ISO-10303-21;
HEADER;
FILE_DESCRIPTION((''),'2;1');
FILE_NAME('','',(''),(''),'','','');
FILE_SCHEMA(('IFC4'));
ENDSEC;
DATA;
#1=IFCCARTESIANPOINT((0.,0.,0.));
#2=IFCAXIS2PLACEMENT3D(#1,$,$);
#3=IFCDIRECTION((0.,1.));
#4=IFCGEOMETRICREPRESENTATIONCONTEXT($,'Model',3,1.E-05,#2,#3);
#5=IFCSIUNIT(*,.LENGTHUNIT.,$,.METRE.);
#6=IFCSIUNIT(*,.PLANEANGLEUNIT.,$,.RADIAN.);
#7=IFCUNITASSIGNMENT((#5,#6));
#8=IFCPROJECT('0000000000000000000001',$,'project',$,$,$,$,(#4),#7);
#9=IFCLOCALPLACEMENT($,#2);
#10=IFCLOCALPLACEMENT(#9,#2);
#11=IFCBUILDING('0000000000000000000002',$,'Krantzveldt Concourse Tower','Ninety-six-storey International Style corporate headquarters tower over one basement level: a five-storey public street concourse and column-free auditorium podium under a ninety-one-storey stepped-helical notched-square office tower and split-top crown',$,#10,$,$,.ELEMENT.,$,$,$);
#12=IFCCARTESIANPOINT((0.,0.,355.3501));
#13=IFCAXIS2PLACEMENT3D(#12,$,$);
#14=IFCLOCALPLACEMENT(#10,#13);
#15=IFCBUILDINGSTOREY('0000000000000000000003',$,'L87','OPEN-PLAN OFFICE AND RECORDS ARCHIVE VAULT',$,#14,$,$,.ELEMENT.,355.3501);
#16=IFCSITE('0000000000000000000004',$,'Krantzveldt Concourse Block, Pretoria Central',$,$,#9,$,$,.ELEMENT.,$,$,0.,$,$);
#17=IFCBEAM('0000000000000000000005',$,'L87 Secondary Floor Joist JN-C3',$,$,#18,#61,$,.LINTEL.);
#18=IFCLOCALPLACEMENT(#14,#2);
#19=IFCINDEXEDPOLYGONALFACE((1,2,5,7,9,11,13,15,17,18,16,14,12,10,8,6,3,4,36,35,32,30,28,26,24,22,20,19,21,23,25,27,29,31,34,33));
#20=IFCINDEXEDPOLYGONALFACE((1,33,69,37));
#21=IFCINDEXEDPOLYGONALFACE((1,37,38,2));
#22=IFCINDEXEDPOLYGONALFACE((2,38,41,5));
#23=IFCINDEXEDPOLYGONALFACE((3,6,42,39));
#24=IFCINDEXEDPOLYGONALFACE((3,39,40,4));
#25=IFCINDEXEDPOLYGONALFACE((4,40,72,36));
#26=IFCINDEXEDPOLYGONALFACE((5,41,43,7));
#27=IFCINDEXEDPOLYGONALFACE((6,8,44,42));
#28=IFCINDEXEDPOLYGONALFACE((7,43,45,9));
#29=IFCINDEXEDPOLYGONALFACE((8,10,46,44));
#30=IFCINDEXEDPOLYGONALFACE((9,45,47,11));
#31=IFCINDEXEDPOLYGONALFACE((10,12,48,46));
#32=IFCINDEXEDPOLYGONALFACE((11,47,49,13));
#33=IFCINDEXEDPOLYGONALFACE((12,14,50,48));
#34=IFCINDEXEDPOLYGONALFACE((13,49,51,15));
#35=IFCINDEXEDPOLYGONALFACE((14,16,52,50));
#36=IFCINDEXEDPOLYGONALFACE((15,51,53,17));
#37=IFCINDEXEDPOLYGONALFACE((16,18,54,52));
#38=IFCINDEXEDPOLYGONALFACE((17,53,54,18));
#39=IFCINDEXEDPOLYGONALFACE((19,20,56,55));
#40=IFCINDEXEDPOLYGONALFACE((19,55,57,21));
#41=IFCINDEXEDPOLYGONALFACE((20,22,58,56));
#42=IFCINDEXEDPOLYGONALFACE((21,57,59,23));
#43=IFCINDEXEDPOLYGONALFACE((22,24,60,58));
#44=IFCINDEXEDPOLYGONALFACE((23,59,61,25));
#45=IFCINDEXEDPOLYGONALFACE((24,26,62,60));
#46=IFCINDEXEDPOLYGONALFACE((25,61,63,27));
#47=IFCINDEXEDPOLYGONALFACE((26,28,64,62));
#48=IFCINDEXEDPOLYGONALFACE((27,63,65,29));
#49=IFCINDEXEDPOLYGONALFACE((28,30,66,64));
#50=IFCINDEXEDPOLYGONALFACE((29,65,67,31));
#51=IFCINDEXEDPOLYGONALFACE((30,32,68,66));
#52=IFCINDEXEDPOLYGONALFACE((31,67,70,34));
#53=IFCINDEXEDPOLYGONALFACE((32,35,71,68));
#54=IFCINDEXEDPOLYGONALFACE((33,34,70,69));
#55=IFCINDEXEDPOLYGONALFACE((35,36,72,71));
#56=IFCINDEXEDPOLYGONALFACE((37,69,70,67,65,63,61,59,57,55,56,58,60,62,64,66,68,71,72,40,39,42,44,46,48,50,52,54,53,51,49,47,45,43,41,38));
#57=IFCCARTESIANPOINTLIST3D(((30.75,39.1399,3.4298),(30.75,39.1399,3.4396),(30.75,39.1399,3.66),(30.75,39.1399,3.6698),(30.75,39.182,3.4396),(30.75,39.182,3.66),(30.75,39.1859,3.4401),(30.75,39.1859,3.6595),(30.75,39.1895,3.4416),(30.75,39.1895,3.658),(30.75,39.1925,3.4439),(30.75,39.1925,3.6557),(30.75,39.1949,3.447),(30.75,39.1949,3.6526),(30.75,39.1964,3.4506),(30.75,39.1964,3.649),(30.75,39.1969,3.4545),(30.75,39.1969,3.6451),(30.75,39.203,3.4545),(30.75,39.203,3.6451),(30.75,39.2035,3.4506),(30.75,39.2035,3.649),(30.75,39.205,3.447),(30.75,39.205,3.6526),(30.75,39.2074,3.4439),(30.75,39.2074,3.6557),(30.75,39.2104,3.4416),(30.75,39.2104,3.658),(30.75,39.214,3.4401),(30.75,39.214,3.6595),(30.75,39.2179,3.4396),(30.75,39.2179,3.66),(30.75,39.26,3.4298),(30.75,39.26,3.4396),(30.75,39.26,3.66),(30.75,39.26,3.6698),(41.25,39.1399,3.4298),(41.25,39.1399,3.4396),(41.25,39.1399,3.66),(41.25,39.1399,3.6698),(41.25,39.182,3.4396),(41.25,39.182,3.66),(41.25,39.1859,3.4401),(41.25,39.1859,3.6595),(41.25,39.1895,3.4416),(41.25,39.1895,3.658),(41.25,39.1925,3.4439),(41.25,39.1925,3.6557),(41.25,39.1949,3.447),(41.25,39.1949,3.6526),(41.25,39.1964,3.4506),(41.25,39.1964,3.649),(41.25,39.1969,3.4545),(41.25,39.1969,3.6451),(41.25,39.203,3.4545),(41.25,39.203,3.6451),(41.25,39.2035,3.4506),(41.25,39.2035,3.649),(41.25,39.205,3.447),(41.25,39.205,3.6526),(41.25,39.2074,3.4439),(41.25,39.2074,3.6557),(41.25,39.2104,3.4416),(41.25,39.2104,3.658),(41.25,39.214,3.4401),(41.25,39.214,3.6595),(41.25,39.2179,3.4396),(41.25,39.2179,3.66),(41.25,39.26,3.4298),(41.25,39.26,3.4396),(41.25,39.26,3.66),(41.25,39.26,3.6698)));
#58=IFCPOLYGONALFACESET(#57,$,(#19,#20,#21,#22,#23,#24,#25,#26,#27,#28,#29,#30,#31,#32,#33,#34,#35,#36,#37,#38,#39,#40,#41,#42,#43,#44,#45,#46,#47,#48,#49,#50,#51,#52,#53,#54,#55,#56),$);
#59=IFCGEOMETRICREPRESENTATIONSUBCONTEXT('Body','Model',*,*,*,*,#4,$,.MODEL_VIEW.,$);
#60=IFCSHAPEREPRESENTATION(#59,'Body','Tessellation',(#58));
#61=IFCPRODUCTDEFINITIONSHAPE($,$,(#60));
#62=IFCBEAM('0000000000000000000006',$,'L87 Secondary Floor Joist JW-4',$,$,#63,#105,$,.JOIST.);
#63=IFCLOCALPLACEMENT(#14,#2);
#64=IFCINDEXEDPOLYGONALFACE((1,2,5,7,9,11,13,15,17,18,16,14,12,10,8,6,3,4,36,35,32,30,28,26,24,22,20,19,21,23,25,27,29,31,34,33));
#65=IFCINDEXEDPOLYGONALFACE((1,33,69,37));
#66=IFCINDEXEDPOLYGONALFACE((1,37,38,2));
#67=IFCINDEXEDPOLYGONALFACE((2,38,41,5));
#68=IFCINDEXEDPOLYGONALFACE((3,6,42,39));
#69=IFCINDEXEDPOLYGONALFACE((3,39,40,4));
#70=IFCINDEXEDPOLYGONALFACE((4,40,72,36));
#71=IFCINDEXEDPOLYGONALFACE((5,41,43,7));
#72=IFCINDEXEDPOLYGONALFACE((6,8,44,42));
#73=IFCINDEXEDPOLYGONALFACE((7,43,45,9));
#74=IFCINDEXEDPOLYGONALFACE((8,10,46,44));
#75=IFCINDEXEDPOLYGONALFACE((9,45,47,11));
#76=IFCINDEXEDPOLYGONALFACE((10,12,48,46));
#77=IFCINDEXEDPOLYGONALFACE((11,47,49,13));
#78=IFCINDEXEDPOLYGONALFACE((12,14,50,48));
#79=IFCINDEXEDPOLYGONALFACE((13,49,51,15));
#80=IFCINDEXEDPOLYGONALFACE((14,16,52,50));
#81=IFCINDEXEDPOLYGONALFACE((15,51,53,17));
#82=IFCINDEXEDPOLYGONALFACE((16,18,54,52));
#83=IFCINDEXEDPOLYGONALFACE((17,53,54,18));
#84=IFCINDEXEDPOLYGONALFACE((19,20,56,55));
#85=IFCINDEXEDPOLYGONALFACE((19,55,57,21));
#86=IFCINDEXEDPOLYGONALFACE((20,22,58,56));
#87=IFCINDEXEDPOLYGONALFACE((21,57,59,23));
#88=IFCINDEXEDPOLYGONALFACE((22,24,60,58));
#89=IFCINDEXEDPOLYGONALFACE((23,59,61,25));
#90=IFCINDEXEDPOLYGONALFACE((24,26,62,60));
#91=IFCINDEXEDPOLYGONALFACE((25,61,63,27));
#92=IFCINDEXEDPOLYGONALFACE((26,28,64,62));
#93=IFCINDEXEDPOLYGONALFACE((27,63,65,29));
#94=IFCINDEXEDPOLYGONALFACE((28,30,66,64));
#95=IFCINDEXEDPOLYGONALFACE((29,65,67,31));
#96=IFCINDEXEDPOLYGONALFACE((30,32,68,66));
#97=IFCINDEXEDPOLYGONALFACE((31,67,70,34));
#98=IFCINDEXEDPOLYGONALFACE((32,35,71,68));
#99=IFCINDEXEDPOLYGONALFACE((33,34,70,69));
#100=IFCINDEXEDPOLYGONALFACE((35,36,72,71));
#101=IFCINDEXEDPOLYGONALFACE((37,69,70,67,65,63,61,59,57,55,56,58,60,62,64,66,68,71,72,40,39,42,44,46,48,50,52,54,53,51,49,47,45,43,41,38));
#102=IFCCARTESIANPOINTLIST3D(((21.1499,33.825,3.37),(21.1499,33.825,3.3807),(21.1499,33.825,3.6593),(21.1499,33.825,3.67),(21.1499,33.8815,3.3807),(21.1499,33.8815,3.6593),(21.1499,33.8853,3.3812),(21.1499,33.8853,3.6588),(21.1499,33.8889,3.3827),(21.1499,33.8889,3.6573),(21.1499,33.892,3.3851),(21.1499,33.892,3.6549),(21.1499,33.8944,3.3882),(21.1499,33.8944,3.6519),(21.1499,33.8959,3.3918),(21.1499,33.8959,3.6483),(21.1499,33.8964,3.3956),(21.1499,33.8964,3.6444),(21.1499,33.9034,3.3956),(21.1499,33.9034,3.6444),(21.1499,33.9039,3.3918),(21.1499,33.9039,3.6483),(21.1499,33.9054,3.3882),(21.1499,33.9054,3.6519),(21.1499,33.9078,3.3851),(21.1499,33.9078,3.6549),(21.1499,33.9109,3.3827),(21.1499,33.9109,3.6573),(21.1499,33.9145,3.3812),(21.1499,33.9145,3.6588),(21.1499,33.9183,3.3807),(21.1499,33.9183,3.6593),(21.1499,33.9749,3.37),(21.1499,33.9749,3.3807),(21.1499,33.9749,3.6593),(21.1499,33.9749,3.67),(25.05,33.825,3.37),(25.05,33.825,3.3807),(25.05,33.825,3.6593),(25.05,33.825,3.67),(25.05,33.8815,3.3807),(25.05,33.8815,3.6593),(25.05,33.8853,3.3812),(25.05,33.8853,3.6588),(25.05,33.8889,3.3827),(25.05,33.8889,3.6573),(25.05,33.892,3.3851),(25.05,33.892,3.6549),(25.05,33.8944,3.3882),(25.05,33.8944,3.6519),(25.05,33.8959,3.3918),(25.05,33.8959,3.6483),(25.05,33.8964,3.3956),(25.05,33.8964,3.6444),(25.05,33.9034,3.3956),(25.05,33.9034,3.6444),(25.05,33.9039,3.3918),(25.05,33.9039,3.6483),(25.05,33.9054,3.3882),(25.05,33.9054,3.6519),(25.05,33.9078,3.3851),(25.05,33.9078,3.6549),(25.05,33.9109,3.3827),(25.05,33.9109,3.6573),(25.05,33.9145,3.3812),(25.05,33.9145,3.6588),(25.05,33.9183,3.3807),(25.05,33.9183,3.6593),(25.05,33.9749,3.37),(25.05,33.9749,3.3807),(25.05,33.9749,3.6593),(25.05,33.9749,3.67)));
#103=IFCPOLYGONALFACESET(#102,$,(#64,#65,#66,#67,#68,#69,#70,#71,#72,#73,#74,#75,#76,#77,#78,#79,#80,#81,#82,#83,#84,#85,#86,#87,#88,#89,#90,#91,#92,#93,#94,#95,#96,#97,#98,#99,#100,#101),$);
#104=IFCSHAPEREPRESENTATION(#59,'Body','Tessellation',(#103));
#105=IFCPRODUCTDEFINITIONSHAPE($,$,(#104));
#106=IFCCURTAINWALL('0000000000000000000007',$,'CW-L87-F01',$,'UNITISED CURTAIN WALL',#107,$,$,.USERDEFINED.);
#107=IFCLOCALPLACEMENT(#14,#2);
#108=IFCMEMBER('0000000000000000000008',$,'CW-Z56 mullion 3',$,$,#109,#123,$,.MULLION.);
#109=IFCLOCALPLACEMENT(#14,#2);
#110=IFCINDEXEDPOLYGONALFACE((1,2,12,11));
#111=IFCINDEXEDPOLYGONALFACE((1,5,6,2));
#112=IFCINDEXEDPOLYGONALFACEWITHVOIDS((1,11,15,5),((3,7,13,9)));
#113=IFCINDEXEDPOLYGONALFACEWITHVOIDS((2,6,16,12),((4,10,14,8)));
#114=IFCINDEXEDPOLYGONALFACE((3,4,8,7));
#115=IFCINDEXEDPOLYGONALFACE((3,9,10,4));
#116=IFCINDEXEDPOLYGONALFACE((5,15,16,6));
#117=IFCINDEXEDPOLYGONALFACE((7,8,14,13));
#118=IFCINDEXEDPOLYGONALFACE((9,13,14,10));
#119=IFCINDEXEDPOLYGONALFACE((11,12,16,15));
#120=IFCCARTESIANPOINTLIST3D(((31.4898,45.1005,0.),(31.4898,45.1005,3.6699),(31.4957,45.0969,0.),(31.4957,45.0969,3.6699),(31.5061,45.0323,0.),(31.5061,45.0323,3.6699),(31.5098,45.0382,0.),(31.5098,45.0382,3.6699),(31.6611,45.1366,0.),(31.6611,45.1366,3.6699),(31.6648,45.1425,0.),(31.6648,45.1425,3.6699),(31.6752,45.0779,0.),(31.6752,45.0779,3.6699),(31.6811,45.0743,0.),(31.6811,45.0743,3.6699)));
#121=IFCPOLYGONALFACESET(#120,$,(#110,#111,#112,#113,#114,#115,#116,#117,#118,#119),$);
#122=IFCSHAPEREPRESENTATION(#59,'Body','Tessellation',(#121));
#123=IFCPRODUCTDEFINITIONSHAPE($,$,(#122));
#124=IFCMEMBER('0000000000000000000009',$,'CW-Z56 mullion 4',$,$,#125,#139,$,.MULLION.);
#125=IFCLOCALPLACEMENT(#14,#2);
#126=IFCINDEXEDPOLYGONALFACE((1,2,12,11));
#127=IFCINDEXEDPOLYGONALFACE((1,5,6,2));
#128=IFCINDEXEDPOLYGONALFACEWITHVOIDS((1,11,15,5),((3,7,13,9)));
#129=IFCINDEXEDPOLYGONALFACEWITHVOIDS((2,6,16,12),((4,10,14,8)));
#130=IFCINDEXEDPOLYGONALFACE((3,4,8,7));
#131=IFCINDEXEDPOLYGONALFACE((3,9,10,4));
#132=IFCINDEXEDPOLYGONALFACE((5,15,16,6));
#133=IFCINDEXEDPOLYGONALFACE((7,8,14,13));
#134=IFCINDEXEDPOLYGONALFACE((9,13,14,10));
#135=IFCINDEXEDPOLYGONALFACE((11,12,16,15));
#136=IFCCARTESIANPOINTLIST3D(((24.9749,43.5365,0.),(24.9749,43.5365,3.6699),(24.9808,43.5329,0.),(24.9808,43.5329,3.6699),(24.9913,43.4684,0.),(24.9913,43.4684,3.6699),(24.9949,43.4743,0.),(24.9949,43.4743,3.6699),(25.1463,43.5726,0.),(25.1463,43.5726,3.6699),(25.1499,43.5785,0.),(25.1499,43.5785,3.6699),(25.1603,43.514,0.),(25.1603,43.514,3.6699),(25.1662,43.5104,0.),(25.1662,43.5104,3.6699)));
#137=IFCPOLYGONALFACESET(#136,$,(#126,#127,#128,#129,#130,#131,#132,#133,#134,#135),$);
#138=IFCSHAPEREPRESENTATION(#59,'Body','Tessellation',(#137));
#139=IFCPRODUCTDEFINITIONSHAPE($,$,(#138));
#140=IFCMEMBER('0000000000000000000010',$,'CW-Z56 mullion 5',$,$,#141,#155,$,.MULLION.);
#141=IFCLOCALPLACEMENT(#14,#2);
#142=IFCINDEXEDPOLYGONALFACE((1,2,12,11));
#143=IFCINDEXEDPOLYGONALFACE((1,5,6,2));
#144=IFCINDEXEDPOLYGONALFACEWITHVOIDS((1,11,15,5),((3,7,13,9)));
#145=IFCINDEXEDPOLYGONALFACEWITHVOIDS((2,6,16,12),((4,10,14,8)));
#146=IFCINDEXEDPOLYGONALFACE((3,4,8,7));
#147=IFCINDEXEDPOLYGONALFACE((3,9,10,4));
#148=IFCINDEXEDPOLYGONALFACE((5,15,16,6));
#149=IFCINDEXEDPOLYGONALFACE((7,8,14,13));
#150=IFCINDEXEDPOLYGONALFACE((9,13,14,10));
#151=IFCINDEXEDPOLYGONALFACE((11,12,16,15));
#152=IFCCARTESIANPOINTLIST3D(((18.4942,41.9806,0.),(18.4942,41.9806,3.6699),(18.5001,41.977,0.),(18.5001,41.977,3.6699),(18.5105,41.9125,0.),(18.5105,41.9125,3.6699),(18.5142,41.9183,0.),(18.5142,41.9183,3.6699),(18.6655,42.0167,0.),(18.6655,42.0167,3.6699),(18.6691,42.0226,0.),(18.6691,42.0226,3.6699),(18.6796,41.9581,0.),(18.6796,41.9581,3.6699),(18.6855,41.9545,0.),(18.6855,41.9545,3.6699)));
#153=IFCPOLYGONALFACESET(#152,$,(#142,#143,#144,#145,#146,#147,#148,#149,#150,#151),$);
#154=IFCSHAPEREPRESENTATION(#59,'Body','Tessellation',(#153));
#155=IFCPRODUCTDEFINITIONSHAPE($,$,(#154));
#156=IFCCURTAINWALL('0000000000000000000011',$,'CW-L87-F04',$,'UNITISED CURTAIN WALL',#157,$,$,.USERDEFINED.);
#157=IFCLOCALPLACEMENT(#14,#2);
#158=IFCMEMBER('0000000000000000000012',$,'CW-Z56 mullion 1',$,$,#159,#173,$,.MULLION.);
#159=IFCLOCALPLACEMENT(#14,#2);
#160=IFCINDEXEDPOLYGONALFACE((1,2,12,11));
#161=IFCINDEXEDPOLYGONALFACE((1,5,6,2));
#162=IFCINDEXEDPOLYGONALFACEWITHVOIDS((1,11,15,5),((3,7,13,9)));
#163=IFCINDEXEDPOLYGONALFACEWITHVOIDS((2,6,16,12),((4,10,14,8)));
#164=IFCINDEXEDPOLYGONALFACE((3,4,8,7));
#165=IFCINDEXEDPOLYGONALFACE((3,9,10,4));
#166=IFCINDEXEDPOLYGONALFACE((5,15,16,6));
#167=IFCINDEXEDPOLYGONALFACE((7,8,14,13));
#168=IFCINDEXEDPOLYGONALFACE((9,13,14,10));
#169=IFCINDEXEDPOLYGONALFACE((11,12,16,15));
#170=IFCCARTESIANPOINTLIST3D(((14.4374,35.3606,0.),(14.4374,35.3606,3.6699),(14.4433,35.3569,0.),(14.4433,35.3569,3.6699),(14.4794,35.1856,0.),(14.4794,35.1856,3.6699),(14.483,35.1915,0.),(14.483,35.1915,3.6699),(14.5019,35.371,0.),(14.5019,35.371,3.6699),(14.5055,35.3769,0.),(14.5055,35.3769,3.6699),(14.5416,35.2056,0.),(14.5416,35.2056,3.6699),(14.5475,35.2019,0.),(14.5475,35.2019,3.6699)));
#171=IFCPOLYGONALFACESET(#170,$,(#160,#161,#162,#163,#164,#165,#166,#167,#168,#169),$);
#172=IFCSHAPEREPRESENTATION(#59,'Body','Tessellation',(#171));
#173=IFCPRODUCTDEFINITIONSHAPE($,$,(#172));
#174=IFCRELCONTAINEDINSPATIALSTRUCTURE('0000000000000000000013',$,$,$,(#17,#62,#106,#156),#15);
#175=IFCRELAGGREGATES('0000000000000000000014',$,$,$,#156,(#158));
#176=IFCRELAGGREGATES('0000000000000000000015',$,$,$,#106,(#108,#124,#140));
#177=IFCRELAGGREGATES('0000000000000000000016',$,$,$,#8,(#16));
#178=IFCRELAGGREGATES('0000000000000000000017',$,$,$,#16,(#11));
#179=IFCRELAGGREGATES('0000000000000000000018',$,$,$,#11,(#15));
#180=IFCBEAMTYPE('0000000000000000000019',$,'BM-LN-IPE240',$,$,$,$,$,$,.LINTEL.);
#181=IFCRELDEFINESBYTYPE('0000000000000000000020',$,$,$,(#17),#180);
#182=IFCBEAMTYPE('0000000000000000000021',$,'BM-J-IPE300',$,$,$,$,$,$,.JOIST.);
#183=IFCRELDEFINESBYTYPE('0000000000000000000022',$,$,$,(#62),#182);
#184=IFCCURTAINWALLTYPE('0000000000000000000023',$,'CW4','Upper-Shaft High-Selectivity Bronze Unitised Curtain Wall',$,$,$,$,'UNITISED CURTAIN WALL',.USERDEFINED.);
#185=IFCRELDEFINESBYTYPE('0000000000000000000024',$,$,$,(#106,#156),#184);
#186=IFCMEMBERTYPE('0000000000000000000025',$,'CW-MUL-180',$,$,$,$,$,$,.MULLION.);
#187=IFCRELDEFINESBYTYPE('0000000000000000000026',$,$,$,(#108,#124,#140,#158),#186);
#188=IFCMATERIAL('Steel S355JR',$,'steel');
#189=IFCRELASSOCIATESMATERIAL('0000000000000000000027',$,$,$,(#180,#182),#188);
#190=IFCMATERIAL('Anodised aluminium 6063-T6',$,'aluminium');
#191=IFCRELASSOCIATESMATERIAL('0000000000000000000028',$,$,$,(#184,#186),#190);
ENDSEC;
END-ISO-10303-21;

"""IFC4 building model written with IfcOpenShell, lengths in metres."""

from ifc_helpers import new_model, si_unit, direction, frame, origin, origin_2d, place, context, subcontext, project, spatial, hollow_rectangle, i_section, extrude, source, transform, mapped, material, material_profile, profile_set, type_object, type_shapes, element, aggregate, save


model = new_model("IFC4")

# Units and contexts
model_context = context("Model", 3, precision=1e-05, world=origin(), true_north=direction((0.0, 1.0)))
body_context = subcontext(model_context, "Body", "Model", "MODEL_VIEW")
ifc_project = project(units=[si_unit("LENGTHUNIT", "METRE"), si_unit("PLANEANGLEUNIT", "RADIAN")], contexts=[model_context])

# Site, building, storey
site_placement = place(None, origin())
site = spatial("IfcSite", under=ifc_project, at=site_placement, Name="Krantzveldt Concourse Block, Pretoria Central", CompositionType="ELEMENT", RefElevation=0.0)
building_placement = place(site_placement, origin())
building = spatial("IfcBuilding", under=site, at=building_placement, Name="Krantzveldt Concourse Tower", Description="Ninety-six-storey International Style corporate headquarters tower over one basement level: a five-storey public street concourse and column-free auditorium podium under a ninety-one-storey stepped-helical notched-square office tower and split-top crown", CompositionType="ELEMENT")
storey_placement = place(building_placement, frame((0.0, 0.0, 355.3501)))
storey = spatial("IfcBuildingStorey", under=building, at=storey_placement, Name="L87", Description="OPEN-PLAN OFFICE AND RECORDS ARCHIVE VAULT", CompositionType="ELEMENT", Elevation=355.3501)

# Beams
ifc_material_1 = material(Name="Steel S355JR", Category="steel")
ifc_material_profile_1 = material_profile(ifc_material_1, i_section(OverallWidth=0.1201, OverallDepth=0.24, WebThickness=0.0061, FlangeThickness=0.0098, FilletRadius=0.0149, at=origin_2d()), Name="Steel S355JR", Category="steel")
ifc_profile_set_1 = profile_set([ifc_material_profile_1], Name="Steel S355JR - IPE 240")
beam_type_1 = type_object("IfcBeamType", Name="BM-LN-IPE240", PredefinedType="LINTEL", material=ifc_profile_set_1)
shared_shape_1 = source(origin(), body_context, "Body", "SweptSolid", [
    extrude(i_section(OverallWidth=0.1201, OverallDepth=0.24, WebThickness=0.0061, FlangeThickness=0.0098, FilletRadius=0.0149, at=origin_2d()), origin(), (0.0, 0.0, 1.0), 10.5),
])
type_shapes(beam_type_1, [shared_shape_1])
beam_1_placement = place(storey_placement, frame((30.75, 39.2, 3.5498), z_axis=(1.0, 0.0, 0.0), x_axis=(0.0, 1.0, 0.0)))
element("IfcBeam", 1, at=beam_1_placement, inside=storey, type_object=beam_type_1, Name="L87 Secondary Floor Joist JN-C3", PredefinedType="LINTEL", context=body_context, shape_type="MappedRepresentation", body=[
    mapped(shared_shape_1, transform((0.0, 0.0, 0.0), x_axis=(1.0, 0.0, 0.0), y_axis=(0.0, 1.0, 0.0), z_axis=(0.0, 0.0, 1.0), scale=1.0)),
])
ifc_material_profile_2 = material_profile(ifc_material_1, i_section(OverallWidth=0.1499, OverallDepth=0.3, WebThickness=0.0071, FlangeThickness=0.0107, FilletRadius=0.0149, at=origin_2d()), Name="Steel S355JR", Category="steel")
ifc_profile_set_2 = profile_set([ifc_material_profile_2], Name="Steel S355JR - IPE 300")
beam_type_2 = type_object("IfcBeamType", Name="BM-J-IPE300", PredefinedType="JOIST", material=ifc_profile_set_2)
shared_shape_2 = source(origin(), body_context, "Body", "SweptSolid", [
    extrude(i_section(OverallWidth=0.1499, OverallDepth=0.3, WebThickness=0.0071, FlangeThickness=0.0107, FilletRadius=0.0149, at=origin_2d()), origin(), (0.0, 0.0, 1.0), 3.9001),
])
type_shapes(beam_type_2, [shared_shape_2])
beam_2_placement = place(storey_placement, frame((21.1499, 33.8999, 3.52), z_axis=(1.0, 0.0, 0.0), x_axis=(0.0, 1.0, 0.0)))
element("IfcBeam", 2, at=beam_2_placement, inside=storey, type_object=beam_type_2, Name="L87 Secondary Floor Joist JW-4", PredefinedType="JOIST", context=body_context, shape_type="MappedRepresentation", body=[
    mapped(shared_shape_2, transform((0.0, 0.0, 0.0), x_axis=(1.0, 0.0, 0.0), y_axis=(0.0, 1.0, 0.0), z_axis=(0.0, 0.0, 1.0), scale=1.0)),
])

# Curtain walls, members
ifc_material_2 = material(Name="Anodised aluminium 6063-T6", Category="aluminium")
curtain_wall_type = type_object("IfcCurtainWallType", Name="CW4", Description="Upper-Shaft High-Selectivity Bronze Unitised Curtain Wall", ElementType="UNITISED CURTAIN WALL", PredefinedType="USERDEFINED", material=ifc_material_2)
curtain_wall_1_placement = place(storey_placement, origin())
curtain_wall_1 = element("IfcCurtainWall", 3, at=curtain_wall_1_placement, inside=storey, type_object=curtain_wall_type, Name="CW-L87-F01", ObjectType="UNITISED CURTAIN WALL", PredefinedType="USERDEFINED")
ifc_material_profile_3 = material_profile(ifc_material_2, hollow_rectangle(XDim=0.0701, YDim=0.1799, WallThickness=0.0049, at=origin_2d()), Name="Anodised aluminium 6063-T6", Category="aluminium")
ifc_profile_set_3 = profile_set([ifc_material_profile_3], Name="Anodised aluminium 6063-T6 - ALU-MULL 180x70x5")
member_type_1 = type_object("IfcMemberType", Name="CW-MUL-180", PredefinedType="MULLION", material=ifc_profile_set_3)
shared_shape_3 = source(origin(), body_context, "Body", "SweptSolid", [
    extrude(hollow_rectangle(XDim=0.0701, YDim=0.1799, WallThickness=0.0049, at=origin_2d()), origin(), (0.0, 0.0, 1.0), 3.6699),
])
type_shapes(member_type_1, [shared_shape_3])
member_1_placement = place(storey_placement, frame((31.5854, 45.0874, 0.0), z_axis=(0.0, 0.0, 1.0), x_axis=(0.233445, -0.97237, 0.0)))
member_1 = element("IfcMember", 4, at=member_1_placement, type_object=member_type_1, Name="CW-Z56 mullion 3", PredefinedType="MULLION", context=body_context, shape_type="MappedRepresentation", body=[
    mapped(shared_shape_3, transform((0.0, 0.0, 0.0), x_axis=(1.0, 0.0, 0.0), y_axis=(0.0, 1.0, 0.0), z_axis=(0.0, 0.0, 1.0), scale=1.0)),
])
member_2_placement = place(storey_placement, frame((25.0706, 43.5234, 0.0), z_axis=(0.0, 0.0, 1.0), x_axis=(0.233445, -0.97237, 0.0)))
member_2 = element("IfcMember", 5, at=member_2_placement, type_object=member_type_1, Name="CW-Z56 mullion 4", PredefinedType="MULLION", context=body_context, shape_type="MappedRepresentation", body=[
    mapped(shared_shape_3, transform((0.0, 0.0, 0.0), x_axis=(1.0, 0.0, 0.0), y_axis=(0.0, 1.0, 0.0), z_axis=(0.0, 0.0, 1.0), scale=1.0)),
])
member_3_placement = place(storey_placement, frame((18.5898, 41.9675, 0.0), z_axis=(0.0, 0.0, 1.0), x_axis=(0.233445, -0.97237, 0.0)))
member_3 = element("IfcMember", 6, at=member_3_placement, type_object=member_type_1, Name="CW-Z56 mullion 5", PredefinedType="MULLION", context=body_context, shape_type="MappedRepresentation", body=[
    mapped(shared_shape_3, transform((0.0, 0.0, 0.0), x_axis=(1.0, 0.0, 0.0), y_axis=(0.0, 1.0, 0.0), z_axis=(0.0, 0.0, 1.0), scale=1.0)),
])
curtain_wall_2_placement = place(storey_placement, origin())
curtain_wall_2 = element("IfcCurtainWall", 7, at=curtain_wall_2_placement, inside=storey, type_object=curtain_wall_type, Name="CW-L87-F04", ObjectType="UNITISED CURTAIN WALL", PredefinedType="USERDEFINED")
member_4_placement = place(storey_placement, frame((14.4924, 35.2812, 0.0), z_axis=(0.0, 0.0, 1.0), x_axis=(0.97237, 0.233445, 0.0)))
member_4 = element("IfcMember", 8, at=member_4_placement, type_object=member_type_1, Name="CW-Z56 mullion 1", PredefinedType="MULLION", context=body_context, shape_type="MappedRepresentation", body=[
    mapped(shared_shape_3, transform((0.0, 0.0, 0.0), x_axis=(1.0, 0.0, 0.0), y_axis=(0.0, 1.0, 0.0), z_axis=(0.0, 0.0, 1.0), scale=1.0)),
])
aggregate(curtain_wall_2, [member_4])

aggregate(curtain_wall_1, [member_1, member_2, member_3])

save(model, "model.ifc")
